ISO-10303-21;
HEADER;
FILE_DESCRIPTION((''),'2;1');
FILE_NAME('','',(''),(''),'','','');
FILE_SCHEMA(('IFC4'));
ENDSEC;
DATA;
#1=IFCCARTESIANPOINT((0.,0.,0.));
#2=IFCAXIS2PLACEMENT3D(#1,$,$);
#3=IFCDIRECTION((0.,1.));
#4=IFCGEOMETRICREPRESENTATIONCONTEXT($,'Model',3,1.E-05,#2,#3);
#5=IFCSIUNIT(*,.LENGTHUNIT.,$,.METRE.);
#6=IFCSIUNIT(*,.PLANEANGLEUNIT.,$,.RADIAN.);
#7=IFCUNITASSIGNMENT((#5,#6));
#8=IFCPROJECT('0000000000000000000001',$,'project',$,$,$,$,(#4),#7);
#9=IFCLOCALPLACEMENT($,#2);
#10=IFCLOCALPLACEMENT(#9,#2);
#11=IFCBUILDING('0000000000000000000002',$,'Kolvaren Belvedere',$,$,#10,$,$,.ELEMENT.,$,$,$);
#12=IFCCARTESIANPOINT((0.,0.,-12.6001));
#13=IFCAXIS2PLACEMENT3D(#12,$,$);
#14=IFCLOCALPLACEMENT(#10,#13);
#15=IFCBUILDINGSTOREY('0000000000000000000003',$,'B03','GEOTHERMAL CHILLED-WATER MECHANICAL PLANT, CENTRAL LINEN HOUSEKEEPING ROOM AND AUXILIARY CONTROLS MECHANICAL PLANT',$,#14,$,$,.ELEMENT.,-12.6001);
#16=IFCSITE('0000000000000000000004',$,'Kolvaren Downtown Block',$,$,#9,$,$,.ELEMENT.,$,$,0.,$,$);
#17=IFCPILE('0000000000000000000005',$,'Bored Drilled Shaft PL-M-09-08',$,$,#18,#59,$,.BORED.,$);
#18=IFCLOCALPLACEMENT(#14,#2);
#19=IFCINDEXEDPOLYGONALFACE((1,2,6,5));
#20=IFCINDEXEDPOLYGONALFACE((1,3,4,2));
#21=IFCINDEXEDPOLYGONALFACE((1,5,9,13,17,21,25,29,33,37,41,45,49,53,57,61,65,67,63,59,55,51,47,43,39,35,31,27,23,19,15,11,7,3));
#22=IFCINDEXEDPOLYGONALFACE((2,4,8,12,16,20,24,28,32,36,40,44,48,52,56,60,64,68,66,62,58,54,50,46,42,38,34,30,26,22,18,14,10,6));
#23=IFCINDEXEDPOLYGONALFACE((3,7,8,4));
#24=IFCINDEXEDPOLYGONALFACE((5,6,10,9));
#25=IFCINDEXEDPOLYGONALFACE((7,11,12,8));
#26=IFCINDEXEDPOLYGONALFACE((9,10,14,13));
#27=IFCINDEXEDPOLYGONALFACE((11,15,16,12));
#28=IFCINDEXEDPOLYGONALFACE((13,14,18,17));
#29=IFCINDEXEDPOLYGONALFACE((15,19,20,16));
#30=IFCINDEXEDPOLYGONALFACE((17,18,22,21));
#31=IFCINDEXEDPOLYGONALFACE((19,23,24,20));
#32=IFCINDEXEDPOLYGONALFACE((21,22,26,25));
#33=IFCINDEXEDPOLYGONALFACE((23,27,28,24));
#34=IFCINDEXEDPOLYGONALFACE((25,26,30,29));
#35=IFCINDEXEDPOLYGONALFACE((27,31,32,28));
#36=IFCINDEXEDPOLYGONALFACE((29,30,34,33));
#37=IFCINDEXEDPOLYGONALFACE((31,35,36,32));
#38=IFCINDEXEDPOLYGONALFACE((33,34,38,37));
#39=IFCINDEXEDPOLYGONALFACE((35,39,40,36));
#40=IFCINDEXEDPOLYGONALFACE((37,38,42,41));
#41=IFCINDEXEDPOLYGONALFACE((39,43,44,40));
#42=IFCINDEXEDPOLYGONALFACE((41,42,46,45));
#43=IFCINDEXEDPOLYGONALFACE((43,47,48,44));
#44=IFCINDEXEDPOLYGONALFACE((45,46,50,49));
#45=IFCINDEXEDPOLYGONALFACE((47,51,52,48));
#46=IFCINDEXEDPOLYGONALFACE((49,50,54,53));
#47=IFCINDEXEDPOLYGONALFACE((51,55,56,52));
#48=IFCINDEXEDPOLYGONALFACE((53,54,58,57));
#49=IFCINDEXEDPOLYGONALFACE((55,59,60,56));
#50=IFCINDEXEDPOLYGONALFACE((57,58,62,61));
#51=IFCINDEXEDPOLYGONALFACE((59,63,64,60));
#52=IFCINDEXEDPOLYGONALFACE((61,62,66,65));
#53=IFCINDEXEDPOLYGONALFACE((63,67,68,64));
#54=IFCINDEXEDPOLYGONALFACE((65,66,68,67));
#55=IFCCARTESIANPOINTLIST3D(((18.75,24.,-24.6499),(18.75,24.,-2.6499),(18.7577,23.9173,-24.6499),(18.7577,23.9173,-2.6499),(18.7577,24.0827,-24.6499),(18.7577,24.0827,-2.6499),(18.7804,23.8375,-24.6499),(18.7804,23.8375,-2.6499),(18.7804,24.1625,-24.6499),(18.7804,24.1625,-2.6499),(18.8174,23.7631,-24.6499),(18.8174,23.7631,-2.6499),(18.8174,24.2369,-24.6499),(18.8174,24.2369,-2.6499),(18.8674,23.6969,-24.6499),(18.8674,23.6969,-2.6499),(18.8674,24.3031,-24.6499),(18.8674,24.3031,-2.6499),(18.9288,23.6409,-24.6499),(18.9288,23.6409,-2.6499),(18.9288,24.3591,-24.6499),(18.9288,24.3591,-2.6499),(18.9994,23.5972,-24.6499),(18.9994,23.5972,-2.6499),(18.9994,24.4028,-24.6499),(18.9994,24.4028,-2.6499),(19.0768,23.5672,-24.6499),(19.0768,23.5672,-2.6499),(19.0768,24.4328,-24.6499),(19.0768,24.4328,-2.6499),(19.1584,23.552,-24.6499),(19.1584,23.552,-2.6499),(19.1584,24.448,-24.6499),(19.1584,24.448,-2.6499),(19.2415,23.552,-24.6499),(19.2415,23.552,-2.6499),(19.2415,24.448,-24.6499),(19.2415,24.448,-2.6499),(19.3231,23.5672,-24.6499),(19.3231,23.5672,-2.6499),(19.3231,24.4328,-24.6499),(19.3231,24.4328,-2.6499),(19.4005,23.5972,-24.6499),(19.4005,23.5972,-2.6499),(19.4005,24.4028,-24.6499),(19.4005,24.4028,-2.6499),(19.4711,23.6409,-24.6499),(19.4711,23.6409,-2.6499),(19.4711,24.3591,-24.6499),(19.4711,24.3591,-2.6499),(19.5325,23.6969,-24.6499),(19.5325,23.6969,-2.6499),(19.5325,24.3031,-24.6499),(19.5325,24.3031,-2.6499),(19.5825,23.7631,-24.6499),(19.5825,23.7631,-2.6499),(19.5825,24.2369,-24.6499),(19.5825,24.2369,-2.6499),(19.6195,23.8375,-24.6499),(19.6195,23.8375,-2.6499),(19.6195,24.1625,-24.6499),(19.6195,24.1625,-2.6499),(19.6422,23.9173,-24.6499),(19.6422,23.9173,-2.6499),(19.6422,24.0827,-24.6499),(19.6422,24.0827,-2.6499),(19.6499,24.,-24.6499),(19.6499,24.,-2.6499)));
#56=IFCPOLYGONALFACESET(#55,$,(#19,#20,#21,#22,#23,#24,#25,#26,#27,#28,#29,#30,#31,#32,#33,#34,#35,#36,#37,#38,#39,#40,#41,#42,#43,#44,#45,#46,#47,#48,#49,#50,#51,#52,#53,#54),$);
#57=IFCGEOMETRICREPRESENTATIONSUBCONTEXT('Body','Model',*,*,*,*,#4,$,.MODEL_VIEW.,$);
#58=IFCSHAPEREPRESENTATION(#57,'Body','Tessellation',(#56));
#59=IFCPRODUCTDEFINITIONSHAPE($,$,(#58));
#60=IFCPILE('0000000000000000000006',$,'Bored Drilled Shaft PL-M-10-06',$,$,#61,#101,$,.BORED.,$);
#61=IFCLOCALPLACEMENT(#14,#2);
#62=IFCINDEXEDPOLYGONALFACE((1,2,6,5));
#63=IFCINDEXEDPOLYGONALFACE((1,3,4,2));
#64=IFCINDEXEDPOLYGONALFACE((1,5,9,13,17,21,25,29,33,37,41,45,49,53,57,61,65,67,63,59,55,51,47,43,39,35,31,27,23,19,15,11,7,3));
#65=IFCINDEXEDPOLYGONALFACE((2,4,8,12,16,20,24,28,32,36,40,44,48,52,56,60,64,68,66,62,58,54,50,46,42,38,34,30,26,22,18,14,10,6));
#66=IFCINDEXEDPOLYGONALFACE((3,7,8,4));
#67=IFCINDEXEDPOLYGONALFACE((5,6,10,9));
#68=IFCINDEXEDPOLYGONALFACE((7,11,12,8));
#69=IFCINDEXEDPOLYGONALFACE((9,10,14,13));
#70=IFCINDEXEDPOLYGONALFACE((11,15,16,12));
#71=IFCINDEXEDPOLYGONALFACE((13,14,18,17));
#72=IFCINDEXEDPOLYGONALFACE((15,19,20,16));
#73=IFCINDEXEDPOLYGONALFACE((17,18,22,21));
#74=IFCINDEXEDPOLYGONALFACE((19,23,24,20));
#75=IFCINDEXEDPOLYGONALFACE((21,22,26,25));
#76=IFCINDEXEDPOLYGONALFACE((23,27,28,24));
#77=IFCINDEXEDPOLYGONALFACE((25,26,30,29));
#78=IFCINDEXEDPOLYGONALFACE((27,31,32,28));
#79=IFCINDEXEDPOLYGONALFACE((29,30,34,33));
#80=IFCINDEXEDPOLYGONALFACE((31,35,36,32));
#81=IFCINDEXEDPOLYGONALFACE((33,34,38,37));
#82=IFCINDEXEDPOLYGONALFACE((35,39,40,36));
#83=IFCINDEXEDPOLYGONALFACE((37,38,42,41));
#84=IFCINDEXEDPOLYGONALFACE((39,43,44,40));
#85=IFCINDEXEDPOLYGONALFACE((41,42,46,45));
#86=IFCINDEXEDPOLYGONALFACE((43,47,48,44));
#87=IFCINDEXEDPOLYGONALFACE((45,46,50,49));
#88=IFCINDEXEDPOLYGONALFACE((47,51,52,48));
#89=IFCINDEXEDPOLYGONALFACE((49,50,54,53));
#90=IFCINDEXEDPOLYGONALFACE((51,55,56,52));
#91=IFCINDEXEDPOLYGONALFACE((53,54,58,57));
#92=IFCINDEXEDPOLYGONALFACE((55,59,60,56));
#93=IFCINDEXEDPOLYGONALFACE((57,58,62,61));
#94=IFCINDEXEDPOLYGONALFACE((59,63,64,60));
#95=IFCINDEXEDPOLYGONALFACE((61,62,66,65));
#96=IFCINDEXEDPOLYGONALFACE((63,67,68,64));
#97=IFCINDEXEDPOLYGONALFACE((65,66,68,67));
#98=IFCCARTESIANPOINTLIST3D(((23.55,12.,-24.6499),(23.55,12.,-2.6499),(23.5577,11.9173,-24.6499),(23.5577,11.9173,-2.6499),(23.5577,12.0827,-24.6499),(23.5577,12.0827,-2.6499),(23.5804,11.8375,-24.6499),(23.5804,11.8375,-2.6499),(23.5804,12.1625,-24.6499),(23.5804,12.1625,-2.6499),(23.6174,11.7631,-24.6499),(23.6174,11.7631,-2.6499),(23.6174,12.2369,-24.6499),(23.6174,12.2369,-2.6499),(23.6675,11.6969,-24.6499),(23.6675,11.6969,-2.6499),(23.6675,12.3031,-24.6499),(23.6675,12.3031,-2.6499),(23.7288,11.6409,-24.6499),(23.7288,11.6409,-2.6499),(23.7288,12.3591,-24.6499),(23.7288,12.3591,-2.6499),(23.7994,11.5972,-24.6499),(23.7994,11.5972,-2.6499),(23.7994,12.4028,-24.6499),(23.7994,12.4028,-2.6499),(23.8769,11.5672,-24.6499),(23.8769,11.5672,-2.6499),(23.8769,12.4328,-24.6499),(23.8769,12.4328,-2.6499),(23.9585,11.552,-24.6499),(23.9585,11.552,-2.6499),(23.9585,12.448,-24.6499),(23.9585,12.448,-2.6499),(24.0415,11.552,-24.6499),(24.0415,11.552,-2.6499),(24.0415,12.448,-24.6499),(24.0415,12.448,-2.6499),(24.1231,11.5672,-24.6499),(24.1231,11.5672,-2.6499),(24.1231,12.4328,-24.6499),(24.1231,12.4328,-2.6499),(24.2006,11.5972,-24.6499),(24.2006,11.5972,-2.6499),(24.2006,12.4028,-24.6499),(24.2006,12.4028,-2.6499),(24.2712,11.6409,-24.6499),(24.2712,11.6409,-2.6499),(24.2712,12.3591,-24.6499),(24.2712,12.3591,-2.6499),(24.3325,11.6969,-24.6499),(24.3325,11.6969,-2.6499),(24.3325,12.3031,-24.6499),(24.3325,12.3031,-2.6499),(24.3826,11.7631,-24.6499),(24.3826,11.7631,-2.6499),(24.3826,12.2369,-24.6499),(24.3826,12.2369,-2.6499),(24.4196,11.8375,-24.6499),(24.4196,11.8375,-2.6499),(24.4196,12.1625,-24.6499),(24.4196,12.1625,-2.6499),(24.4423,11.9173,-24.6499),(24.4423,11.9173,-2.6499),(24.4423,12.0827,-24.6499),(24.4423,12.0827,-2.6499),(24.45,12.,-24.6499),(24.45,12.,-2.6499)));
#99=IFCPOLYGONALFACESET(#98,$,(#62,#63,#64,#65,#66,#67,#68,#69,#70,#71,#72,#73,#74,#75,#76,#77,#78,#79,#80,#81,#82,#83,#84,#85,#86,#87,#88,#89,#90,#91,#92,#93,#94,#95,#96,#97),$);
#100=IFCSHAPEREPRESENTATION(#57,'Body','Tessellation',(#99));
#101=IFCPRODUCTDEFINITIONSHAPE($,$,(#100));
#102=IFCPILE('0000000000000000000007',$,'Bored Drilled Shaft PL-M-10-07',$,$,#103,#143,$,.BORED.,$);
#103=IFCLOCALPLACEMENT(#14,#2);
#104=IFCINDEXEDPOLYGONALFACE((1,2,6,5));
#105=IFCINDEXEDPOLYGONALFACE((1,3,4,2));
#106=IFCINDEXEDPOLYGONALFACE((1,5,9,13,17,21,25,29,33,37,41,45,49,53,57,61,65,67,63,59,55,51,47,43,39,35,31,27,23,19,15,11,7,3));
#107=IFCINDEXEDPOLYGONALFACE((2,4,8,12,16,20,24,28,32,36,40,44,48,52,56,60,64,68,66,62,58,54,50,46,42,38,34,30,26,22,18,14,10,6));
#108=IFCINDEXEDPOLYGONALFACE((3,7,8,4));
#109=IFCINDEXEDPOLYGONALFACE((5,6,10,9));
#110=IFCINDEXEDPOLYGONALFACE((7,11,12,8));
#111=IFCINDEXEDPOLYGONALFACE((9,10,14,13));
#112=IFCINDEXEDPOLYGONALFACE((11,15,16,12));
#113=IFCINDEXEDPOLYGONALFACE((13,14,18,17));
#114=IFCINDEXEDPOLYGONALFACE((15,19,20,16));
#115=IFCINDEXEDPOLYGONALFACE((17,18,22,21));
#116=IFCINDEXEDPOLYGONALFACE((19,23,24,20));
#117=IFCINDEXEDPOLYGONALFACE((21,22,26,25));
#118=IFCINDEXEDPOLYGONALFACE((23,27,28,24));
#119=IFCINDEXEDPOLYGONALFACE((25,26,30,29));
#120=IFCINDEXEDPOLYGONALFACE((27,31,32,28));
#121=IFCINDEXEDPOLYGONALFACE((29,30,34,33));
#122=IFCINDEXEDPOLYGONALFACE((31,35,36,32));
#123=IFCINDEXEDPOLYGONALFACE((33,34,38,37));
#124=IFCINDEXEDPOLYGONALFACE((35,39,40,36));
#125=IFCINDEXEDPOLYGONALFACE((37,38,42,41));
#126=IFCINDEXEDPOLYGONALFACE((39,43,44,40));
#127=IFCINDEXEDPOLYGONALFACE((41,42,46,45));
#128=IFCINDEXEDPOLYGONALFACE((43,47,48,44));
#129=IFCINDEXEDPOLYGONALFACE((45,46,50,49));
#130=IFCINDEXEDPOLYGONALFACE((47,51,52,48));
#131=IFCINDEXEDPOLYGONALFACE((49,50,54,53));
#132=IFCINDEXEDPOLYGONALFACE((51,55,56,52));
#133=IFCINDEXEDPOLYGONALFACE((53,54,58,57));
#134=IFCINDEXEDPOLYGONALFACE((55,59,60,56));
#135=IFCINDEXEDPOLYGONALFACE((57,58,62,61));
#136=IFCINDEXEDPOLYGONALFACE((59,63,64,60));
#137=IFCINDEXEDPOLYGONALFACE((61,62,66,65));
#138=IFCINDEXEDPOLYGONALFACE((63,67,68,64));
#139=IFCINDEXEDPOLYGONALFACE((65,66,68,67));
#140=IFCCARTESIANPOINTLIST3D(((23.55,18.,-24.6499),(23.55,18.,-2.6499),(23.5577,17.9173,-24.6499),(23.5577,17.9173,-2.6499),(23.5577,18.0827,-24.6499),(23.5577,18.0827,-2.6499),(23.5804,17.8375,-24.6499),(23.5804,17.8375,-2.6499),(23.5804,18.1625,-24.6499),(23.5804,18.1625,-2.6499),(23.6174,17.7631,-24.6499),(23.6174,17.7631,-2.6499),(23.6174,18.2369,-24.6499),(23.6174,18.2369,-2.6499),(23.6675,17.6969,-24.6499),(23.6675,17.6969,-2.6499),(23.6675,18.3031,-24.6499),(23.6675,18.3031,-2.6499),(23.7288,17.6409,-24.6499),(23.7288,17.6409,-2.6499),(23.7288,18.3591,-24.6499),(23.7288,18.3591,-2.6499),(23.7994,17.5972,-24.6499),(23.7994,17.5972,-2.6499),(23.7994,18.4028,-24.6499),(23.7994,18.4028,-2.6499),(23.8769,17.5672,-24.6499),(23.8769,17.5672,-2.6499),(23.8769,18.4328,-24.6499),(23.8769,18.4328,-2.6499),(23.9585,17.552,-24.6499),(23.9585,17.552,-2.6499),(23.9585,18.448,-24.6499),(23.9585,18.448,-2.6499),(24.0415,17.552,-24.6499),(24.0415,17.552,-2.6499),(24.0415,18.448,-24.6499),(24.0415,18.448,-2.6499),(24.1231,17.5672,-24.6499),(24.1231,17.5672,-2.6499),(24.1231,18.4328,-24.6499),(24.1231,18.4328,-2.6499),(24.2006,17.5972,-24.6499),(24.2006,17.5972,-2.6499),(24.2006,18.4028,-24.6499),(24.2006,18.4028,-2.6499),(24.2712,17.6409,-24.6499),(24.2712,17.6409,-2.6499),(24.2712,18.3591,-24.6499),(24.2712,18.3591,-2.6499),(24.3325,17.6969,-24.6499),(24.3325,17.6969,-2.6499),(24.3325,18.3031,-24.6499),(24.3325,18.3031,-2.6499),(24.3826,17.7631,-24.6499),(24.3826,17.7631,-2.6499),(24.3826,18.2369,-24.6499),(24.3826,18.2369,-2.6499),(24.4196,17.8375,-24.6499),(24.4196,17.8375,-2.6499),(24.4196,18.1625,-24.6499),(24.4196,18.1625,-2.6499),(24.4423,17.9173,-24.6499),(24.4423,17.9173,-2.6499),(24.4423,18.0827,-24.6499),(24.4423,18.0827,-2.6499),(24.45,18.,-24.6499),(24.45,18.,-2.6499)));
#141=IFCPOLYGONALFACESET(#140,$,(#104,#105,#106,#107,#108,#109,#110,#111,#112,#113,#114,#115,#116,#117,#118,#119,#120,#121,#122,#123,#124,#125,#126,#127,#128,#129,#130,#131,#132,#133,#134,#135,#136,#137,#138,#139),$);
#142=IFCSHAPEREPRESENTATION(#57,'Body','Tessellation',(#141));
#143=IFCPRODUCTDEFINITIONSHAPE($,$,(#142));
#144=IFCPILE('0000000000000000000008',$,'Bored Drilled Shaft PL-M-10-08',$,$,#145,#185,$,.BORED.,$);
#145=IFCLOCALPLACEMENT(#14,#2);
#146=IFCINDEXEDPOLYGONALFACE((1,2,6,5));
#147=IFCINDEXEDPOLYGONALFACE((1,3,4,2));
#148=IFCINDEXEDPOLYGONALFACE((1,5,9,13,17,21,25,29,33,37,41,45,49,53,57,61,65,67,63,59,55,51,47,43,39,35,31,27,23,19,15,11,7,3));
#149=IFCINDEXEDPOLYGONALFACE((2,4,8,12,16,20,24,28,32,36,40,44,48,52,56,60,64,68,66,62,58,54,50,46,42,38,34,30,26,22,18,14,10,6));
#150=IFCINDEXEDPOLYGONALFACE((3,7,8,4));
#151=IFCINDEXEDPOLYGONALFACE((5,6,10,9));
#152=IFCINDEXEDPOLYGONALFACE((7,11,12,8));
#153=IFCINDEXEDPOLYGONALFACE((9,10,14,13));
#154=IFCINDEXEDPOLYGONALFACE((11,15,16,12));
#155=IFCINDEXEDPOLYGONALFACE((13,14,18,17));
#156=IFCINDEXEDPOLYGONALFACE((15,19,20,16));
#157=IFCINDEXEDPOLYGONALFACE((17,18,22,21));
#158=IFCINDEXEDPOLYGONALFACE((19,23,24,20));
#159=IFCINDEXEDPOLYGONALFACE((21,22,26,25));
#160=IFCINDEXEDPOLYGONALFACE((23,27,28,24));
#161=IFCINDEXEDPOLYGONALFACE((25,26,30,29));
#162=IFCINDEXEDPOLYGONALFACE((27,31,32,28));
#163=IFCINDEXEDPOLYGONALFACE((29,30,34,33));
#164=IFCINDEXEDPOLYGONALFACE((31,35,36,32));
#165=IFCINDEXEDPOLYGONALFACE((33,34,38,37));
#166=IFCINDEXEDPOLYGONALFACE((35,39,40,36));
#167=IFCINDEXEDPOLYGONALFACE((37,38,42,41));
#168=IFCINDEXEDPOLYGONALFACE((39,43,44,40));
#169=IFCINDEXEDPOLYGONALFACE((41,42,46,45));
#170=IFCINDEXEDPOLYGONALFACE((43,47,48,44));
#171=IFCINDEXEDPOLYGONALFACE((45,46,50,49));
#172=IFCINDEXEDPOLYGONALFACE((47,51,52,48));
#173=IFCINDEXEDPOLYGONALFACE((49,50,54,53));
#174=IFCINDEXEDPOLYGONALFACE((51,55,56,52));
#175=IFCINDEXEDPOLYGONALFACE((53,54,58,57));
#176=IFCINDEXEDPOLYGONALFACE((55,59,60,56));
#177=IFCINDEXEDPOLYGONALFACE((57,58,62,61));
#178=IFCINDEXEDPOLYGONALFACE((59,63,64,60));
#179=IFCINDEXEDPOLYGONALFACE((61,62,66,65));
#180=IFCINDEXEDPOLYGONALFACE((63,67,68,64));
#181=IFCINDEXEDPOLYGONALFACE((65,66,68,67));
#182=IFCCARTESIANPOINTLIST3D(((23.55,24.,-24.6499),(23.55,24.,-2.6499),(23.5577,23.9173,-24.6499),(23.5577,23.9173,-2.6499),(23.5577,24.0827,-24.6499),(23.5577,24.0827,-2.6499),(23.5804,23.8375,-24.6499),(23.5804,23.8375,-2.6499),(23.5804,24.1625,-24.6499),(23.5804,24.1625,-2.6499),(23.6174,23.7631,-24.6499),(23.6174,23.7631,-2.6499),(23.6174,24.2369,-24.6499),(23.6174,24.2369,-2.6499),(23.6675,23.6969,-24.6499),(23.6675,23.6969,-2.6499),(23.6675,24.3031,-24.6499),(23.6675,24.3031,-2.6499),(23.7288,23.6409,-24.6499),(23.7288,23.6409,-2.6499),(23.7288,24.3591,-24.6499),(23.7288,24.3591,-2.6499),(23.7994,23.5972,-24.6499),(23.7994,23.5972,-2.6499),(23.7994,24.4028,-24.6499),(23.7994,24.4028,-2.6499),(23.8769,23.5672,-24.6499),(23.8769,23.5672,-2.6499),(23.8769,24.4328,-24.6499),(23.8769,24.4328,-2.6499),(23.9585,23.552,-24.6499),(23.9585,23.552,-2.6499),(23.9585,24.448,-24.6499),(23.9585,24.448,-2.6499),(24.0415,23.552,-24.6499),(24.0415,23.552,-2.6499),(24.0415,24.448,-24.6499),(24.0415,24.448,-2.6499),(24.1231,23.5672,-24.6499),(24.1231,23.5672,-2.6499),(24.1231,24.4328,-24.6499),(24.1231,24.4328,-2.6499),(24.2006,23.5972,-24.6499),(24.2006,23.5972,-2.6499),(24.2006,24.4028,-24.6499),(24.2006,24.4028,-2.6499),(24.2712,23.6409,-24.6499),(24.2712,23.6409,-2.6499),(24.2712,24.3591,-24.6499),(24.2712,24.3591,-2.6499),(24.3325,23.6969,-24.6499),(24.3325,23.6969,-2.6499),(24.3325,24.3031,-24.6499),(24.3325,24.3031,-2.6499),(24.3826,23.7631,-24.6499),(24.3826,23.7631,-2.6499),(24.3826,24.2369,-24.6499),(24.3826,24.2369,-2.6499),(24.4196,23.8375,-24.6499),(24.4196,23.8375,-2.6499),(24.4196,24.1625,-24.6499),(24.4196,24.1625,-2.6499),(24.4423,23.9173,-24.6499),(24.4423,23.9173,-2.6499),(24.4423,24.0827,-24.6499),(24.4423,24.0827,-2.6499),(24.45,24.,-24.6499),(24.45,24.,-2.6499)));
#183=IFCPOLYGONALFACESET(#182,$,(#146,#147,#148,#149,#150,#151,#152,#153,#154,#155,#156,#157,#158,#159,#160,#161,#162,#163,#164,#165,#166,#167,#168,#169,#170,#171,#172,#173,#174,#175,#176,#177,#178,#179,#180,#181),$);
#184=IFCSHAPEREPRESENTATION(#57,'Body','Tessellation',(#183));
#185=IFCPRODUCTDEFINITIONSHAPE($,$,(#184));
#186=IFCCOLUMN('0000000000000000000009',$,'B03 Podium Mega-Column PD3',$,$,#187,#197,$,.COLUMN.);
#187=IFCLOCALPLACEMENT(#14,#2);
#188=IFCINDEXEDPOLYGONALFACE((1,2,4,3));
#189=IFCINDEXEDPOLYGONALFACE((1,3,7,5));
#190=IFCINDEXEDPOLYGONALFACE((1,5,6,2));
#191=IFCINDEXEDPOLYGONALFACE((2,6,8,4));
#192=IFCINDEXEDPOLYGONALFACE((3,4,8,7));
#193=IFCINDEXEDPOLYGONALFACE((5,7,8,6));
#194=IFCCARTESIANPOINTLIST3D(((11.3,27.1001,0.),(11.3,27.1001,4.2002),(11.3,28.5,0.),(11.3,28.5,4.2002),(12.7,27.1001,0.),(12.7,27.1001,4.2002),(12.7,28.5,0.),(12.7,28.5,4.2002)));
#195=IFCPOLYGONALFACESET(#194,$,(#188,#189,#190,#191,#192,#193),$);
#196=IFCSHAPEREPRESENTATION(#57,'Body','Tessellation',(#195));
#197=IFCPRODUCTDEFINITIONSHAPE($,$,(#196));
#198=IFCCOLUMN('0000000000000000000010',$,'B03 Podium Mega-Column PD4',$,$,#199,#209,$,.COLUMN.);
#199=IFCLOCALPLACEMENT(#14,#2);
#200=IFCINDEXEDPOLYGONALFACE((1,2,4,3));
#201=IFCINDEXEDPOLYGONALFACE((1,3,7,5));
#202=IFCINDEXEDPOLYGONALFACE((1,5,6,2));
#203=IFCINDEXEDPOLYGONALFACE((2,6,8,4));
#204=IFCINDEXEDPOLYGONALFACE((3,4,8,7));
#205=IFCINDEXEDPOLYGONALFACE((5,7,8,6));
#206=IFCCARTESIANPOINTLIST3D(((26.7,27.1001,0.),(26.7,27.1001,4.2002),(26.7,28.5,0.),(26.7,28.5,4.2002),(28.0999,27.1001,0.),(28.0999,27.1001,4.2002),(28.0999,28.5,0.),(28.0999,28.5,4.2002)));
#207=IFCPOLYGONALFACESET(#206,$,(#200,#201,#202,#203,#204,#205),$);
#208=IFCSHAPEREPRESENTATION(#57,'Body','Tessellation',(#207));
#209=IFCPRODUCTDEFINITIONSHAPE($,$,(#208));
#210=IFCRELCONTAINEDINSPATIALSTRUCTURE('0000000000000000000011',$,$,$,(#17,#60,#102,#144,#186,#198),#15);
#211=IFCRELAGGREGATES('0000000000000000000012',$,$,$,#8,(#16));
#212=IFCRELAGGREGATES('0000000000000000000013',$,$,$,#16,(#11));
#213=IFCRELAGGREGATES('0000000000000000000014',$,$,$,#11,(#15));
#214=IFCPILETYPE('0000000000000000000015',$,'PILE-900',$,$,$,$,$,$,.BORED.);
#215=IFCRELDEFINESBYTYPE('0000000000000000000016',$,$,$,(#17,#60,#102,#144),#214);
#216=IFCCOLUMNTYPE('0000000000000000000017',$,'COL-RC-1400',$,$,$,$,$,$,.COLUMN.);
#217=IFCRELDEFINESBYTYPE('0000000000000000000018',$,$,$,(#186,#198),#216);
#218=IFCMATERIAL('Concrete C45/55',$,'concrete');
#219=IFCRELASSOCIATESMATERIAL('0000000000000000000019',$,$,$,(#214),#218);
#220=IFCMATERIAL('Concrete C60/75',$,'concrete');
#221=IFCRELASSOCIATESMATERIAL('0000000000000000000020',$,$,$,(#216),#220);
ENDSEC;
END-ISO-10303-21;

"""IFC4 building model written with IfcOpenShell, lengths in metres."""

from ifc_helpers import new_model, si_unit, direction, frame, origin, origin_2d, place, context, subcontext, project, spatial, rectangle, circle, extrude, material, material_profile, profile_set, type_object, element, save


model = new_model("IFC4")

# Units and contexts
model_context = context("Model", 3, precision=1e-05, world=origin(), true_north=direction((0.0, 1.0)))
body_context = subcontext(model_context, "Body", "Model", "MODEL_VIEW")
ifc_project = project(units=[si_unit("LENGTHUNIT", "METRE"), si_unit("PLANEANGLEUNIT", "RADIAN")], contexts=[model_context])

# Site, building, storey
site_placement = place(None, origin())
site = spatial("IfcSite", under=ifc_project, at=site_placement, Name="Kolvaren Downtown Block", CompositionType="ELEMENT", RefElevation=0.0)
building_placement = place(site_placement, origin())
building = spatial("IfcBuilding", under=site, at=building_placement, Name="Kolvaren Belvedere", CompositionType="ELEMENT")
storey_placement = place(building_placement, frame((0.0, 0.0, -12.6001)))
storey = spatial("IfcBuildingStorey", under=building, at=storey_placement, Name="B03", Description="GEOTHERMAL CHILLED-WATER MECHANICAL PLANT, CENTRAL LINEN HOUSEKEEPING ROOM AND AUXILIARY CONTROLS MECHANICAL PLANT", CompositionType="ELEMENT", Elevation=-12.6001)

# Piles
ifc_material_1 = material(Name="Concrete C45/55", Category="concrete")
ifc_material_profile_1 = material_profile(ifc_material_1, circle(Radius=0.45, at=origin_2d()), Name="BORED PILE D900")
ifc_profile_set_1 = profile_set([ifc_material_profile_1], Name="Concrete C45/55")
pile_type_1 = type_object("IfcPileType", Name="PILE-900", PredefinedType="BORED", material=ifc_profile_set_1)
for number, where, z_axis, x_axis, name in (
    (1, (19.2, 24.0, -2.6499), (0.0, 0.0, -1.0), (1.0, 0.0, 0.0), "Bored Drilled Shaft PL-M-09-08"),
    (2, (24.0, 12.0, -2.6499), (0.0, 0.0, -1.0), (1.0, 0.0, 0.0), "Bored Drilled Shaft PL-M-10-06"),
    (3, (24.0, 18.0, -2.6499), (0.0, 0.0, -1.0), (1.0, 0.0, 0.0), "Bored Drilled Shaft PL-M-10-07"),
    (4, (24.0, 24.0, -2.6499), (0.0, 0.0, -1.0), (1.0, 0.0, 0.0), "Bored Drilled Shaft PL-M-10-08"),
):
    element("IfcPile", number, at=place(storey_placement, frame(where, z_axis=z_axis, x_axis=x_axis)), inside=storey, type_object=pile_type_1, Name=name, PredefinedType="BORED", context=body_context, shape_type="SweptSolid", body=[
        extrude(circle(Radius=0.45, at=origin_2d()), origin(), (0.0, 0.0, 1.0), 22.0),
    ])

# Columns
ifc_material_2 = material(Name="Concrete C60/75", Category="concrete")
ifc_material_profile_2 = material_profile(ifc_material_2, rectangle(XDim=1.3999, YDim=1.3999, at=origin_2d()), Name="RC 1400X1400")
ifc_profile_set_2 = profile_set([ifc_material_profile_2], Name="Concrete C60/75")
column_type_1 = type_object("IfcColumnType", Name="COL-RC-1400", PredefinedType="COLUMN", material=ifc_profile_set_2)
for number, where, z_axis, x_axis, name in (
    (5, (12.0, 27.8, 0.0), (0.0, 0.0, 1.0), (1.0, 0.0, 0.0), "B03 Podium Mega-Column PD3"),
    (6, (27.3999, 27.8, 0.0), (0.0, 0.0, 1.0), (1.0, 0.0, 0.0), "B03 Podium Mega-Column PD4"),
):
    element("IfcColumn", number, at=place(storey_placement, frame(where, z_axis=z_axis, x_axis=x_axis)), inside=storey, type_object=column_type_1, Name=name, PredefinedType="COLUMN", context=body_context, shape_type="SweptSolid", body=[
        extrude(rectangle(XDim=1.3999, YDim=1.3999, at=origin_2d()), origin(), (0.0, 0.0, 1.0), 4.2002),
    ])

save(model, "model.ifc")
